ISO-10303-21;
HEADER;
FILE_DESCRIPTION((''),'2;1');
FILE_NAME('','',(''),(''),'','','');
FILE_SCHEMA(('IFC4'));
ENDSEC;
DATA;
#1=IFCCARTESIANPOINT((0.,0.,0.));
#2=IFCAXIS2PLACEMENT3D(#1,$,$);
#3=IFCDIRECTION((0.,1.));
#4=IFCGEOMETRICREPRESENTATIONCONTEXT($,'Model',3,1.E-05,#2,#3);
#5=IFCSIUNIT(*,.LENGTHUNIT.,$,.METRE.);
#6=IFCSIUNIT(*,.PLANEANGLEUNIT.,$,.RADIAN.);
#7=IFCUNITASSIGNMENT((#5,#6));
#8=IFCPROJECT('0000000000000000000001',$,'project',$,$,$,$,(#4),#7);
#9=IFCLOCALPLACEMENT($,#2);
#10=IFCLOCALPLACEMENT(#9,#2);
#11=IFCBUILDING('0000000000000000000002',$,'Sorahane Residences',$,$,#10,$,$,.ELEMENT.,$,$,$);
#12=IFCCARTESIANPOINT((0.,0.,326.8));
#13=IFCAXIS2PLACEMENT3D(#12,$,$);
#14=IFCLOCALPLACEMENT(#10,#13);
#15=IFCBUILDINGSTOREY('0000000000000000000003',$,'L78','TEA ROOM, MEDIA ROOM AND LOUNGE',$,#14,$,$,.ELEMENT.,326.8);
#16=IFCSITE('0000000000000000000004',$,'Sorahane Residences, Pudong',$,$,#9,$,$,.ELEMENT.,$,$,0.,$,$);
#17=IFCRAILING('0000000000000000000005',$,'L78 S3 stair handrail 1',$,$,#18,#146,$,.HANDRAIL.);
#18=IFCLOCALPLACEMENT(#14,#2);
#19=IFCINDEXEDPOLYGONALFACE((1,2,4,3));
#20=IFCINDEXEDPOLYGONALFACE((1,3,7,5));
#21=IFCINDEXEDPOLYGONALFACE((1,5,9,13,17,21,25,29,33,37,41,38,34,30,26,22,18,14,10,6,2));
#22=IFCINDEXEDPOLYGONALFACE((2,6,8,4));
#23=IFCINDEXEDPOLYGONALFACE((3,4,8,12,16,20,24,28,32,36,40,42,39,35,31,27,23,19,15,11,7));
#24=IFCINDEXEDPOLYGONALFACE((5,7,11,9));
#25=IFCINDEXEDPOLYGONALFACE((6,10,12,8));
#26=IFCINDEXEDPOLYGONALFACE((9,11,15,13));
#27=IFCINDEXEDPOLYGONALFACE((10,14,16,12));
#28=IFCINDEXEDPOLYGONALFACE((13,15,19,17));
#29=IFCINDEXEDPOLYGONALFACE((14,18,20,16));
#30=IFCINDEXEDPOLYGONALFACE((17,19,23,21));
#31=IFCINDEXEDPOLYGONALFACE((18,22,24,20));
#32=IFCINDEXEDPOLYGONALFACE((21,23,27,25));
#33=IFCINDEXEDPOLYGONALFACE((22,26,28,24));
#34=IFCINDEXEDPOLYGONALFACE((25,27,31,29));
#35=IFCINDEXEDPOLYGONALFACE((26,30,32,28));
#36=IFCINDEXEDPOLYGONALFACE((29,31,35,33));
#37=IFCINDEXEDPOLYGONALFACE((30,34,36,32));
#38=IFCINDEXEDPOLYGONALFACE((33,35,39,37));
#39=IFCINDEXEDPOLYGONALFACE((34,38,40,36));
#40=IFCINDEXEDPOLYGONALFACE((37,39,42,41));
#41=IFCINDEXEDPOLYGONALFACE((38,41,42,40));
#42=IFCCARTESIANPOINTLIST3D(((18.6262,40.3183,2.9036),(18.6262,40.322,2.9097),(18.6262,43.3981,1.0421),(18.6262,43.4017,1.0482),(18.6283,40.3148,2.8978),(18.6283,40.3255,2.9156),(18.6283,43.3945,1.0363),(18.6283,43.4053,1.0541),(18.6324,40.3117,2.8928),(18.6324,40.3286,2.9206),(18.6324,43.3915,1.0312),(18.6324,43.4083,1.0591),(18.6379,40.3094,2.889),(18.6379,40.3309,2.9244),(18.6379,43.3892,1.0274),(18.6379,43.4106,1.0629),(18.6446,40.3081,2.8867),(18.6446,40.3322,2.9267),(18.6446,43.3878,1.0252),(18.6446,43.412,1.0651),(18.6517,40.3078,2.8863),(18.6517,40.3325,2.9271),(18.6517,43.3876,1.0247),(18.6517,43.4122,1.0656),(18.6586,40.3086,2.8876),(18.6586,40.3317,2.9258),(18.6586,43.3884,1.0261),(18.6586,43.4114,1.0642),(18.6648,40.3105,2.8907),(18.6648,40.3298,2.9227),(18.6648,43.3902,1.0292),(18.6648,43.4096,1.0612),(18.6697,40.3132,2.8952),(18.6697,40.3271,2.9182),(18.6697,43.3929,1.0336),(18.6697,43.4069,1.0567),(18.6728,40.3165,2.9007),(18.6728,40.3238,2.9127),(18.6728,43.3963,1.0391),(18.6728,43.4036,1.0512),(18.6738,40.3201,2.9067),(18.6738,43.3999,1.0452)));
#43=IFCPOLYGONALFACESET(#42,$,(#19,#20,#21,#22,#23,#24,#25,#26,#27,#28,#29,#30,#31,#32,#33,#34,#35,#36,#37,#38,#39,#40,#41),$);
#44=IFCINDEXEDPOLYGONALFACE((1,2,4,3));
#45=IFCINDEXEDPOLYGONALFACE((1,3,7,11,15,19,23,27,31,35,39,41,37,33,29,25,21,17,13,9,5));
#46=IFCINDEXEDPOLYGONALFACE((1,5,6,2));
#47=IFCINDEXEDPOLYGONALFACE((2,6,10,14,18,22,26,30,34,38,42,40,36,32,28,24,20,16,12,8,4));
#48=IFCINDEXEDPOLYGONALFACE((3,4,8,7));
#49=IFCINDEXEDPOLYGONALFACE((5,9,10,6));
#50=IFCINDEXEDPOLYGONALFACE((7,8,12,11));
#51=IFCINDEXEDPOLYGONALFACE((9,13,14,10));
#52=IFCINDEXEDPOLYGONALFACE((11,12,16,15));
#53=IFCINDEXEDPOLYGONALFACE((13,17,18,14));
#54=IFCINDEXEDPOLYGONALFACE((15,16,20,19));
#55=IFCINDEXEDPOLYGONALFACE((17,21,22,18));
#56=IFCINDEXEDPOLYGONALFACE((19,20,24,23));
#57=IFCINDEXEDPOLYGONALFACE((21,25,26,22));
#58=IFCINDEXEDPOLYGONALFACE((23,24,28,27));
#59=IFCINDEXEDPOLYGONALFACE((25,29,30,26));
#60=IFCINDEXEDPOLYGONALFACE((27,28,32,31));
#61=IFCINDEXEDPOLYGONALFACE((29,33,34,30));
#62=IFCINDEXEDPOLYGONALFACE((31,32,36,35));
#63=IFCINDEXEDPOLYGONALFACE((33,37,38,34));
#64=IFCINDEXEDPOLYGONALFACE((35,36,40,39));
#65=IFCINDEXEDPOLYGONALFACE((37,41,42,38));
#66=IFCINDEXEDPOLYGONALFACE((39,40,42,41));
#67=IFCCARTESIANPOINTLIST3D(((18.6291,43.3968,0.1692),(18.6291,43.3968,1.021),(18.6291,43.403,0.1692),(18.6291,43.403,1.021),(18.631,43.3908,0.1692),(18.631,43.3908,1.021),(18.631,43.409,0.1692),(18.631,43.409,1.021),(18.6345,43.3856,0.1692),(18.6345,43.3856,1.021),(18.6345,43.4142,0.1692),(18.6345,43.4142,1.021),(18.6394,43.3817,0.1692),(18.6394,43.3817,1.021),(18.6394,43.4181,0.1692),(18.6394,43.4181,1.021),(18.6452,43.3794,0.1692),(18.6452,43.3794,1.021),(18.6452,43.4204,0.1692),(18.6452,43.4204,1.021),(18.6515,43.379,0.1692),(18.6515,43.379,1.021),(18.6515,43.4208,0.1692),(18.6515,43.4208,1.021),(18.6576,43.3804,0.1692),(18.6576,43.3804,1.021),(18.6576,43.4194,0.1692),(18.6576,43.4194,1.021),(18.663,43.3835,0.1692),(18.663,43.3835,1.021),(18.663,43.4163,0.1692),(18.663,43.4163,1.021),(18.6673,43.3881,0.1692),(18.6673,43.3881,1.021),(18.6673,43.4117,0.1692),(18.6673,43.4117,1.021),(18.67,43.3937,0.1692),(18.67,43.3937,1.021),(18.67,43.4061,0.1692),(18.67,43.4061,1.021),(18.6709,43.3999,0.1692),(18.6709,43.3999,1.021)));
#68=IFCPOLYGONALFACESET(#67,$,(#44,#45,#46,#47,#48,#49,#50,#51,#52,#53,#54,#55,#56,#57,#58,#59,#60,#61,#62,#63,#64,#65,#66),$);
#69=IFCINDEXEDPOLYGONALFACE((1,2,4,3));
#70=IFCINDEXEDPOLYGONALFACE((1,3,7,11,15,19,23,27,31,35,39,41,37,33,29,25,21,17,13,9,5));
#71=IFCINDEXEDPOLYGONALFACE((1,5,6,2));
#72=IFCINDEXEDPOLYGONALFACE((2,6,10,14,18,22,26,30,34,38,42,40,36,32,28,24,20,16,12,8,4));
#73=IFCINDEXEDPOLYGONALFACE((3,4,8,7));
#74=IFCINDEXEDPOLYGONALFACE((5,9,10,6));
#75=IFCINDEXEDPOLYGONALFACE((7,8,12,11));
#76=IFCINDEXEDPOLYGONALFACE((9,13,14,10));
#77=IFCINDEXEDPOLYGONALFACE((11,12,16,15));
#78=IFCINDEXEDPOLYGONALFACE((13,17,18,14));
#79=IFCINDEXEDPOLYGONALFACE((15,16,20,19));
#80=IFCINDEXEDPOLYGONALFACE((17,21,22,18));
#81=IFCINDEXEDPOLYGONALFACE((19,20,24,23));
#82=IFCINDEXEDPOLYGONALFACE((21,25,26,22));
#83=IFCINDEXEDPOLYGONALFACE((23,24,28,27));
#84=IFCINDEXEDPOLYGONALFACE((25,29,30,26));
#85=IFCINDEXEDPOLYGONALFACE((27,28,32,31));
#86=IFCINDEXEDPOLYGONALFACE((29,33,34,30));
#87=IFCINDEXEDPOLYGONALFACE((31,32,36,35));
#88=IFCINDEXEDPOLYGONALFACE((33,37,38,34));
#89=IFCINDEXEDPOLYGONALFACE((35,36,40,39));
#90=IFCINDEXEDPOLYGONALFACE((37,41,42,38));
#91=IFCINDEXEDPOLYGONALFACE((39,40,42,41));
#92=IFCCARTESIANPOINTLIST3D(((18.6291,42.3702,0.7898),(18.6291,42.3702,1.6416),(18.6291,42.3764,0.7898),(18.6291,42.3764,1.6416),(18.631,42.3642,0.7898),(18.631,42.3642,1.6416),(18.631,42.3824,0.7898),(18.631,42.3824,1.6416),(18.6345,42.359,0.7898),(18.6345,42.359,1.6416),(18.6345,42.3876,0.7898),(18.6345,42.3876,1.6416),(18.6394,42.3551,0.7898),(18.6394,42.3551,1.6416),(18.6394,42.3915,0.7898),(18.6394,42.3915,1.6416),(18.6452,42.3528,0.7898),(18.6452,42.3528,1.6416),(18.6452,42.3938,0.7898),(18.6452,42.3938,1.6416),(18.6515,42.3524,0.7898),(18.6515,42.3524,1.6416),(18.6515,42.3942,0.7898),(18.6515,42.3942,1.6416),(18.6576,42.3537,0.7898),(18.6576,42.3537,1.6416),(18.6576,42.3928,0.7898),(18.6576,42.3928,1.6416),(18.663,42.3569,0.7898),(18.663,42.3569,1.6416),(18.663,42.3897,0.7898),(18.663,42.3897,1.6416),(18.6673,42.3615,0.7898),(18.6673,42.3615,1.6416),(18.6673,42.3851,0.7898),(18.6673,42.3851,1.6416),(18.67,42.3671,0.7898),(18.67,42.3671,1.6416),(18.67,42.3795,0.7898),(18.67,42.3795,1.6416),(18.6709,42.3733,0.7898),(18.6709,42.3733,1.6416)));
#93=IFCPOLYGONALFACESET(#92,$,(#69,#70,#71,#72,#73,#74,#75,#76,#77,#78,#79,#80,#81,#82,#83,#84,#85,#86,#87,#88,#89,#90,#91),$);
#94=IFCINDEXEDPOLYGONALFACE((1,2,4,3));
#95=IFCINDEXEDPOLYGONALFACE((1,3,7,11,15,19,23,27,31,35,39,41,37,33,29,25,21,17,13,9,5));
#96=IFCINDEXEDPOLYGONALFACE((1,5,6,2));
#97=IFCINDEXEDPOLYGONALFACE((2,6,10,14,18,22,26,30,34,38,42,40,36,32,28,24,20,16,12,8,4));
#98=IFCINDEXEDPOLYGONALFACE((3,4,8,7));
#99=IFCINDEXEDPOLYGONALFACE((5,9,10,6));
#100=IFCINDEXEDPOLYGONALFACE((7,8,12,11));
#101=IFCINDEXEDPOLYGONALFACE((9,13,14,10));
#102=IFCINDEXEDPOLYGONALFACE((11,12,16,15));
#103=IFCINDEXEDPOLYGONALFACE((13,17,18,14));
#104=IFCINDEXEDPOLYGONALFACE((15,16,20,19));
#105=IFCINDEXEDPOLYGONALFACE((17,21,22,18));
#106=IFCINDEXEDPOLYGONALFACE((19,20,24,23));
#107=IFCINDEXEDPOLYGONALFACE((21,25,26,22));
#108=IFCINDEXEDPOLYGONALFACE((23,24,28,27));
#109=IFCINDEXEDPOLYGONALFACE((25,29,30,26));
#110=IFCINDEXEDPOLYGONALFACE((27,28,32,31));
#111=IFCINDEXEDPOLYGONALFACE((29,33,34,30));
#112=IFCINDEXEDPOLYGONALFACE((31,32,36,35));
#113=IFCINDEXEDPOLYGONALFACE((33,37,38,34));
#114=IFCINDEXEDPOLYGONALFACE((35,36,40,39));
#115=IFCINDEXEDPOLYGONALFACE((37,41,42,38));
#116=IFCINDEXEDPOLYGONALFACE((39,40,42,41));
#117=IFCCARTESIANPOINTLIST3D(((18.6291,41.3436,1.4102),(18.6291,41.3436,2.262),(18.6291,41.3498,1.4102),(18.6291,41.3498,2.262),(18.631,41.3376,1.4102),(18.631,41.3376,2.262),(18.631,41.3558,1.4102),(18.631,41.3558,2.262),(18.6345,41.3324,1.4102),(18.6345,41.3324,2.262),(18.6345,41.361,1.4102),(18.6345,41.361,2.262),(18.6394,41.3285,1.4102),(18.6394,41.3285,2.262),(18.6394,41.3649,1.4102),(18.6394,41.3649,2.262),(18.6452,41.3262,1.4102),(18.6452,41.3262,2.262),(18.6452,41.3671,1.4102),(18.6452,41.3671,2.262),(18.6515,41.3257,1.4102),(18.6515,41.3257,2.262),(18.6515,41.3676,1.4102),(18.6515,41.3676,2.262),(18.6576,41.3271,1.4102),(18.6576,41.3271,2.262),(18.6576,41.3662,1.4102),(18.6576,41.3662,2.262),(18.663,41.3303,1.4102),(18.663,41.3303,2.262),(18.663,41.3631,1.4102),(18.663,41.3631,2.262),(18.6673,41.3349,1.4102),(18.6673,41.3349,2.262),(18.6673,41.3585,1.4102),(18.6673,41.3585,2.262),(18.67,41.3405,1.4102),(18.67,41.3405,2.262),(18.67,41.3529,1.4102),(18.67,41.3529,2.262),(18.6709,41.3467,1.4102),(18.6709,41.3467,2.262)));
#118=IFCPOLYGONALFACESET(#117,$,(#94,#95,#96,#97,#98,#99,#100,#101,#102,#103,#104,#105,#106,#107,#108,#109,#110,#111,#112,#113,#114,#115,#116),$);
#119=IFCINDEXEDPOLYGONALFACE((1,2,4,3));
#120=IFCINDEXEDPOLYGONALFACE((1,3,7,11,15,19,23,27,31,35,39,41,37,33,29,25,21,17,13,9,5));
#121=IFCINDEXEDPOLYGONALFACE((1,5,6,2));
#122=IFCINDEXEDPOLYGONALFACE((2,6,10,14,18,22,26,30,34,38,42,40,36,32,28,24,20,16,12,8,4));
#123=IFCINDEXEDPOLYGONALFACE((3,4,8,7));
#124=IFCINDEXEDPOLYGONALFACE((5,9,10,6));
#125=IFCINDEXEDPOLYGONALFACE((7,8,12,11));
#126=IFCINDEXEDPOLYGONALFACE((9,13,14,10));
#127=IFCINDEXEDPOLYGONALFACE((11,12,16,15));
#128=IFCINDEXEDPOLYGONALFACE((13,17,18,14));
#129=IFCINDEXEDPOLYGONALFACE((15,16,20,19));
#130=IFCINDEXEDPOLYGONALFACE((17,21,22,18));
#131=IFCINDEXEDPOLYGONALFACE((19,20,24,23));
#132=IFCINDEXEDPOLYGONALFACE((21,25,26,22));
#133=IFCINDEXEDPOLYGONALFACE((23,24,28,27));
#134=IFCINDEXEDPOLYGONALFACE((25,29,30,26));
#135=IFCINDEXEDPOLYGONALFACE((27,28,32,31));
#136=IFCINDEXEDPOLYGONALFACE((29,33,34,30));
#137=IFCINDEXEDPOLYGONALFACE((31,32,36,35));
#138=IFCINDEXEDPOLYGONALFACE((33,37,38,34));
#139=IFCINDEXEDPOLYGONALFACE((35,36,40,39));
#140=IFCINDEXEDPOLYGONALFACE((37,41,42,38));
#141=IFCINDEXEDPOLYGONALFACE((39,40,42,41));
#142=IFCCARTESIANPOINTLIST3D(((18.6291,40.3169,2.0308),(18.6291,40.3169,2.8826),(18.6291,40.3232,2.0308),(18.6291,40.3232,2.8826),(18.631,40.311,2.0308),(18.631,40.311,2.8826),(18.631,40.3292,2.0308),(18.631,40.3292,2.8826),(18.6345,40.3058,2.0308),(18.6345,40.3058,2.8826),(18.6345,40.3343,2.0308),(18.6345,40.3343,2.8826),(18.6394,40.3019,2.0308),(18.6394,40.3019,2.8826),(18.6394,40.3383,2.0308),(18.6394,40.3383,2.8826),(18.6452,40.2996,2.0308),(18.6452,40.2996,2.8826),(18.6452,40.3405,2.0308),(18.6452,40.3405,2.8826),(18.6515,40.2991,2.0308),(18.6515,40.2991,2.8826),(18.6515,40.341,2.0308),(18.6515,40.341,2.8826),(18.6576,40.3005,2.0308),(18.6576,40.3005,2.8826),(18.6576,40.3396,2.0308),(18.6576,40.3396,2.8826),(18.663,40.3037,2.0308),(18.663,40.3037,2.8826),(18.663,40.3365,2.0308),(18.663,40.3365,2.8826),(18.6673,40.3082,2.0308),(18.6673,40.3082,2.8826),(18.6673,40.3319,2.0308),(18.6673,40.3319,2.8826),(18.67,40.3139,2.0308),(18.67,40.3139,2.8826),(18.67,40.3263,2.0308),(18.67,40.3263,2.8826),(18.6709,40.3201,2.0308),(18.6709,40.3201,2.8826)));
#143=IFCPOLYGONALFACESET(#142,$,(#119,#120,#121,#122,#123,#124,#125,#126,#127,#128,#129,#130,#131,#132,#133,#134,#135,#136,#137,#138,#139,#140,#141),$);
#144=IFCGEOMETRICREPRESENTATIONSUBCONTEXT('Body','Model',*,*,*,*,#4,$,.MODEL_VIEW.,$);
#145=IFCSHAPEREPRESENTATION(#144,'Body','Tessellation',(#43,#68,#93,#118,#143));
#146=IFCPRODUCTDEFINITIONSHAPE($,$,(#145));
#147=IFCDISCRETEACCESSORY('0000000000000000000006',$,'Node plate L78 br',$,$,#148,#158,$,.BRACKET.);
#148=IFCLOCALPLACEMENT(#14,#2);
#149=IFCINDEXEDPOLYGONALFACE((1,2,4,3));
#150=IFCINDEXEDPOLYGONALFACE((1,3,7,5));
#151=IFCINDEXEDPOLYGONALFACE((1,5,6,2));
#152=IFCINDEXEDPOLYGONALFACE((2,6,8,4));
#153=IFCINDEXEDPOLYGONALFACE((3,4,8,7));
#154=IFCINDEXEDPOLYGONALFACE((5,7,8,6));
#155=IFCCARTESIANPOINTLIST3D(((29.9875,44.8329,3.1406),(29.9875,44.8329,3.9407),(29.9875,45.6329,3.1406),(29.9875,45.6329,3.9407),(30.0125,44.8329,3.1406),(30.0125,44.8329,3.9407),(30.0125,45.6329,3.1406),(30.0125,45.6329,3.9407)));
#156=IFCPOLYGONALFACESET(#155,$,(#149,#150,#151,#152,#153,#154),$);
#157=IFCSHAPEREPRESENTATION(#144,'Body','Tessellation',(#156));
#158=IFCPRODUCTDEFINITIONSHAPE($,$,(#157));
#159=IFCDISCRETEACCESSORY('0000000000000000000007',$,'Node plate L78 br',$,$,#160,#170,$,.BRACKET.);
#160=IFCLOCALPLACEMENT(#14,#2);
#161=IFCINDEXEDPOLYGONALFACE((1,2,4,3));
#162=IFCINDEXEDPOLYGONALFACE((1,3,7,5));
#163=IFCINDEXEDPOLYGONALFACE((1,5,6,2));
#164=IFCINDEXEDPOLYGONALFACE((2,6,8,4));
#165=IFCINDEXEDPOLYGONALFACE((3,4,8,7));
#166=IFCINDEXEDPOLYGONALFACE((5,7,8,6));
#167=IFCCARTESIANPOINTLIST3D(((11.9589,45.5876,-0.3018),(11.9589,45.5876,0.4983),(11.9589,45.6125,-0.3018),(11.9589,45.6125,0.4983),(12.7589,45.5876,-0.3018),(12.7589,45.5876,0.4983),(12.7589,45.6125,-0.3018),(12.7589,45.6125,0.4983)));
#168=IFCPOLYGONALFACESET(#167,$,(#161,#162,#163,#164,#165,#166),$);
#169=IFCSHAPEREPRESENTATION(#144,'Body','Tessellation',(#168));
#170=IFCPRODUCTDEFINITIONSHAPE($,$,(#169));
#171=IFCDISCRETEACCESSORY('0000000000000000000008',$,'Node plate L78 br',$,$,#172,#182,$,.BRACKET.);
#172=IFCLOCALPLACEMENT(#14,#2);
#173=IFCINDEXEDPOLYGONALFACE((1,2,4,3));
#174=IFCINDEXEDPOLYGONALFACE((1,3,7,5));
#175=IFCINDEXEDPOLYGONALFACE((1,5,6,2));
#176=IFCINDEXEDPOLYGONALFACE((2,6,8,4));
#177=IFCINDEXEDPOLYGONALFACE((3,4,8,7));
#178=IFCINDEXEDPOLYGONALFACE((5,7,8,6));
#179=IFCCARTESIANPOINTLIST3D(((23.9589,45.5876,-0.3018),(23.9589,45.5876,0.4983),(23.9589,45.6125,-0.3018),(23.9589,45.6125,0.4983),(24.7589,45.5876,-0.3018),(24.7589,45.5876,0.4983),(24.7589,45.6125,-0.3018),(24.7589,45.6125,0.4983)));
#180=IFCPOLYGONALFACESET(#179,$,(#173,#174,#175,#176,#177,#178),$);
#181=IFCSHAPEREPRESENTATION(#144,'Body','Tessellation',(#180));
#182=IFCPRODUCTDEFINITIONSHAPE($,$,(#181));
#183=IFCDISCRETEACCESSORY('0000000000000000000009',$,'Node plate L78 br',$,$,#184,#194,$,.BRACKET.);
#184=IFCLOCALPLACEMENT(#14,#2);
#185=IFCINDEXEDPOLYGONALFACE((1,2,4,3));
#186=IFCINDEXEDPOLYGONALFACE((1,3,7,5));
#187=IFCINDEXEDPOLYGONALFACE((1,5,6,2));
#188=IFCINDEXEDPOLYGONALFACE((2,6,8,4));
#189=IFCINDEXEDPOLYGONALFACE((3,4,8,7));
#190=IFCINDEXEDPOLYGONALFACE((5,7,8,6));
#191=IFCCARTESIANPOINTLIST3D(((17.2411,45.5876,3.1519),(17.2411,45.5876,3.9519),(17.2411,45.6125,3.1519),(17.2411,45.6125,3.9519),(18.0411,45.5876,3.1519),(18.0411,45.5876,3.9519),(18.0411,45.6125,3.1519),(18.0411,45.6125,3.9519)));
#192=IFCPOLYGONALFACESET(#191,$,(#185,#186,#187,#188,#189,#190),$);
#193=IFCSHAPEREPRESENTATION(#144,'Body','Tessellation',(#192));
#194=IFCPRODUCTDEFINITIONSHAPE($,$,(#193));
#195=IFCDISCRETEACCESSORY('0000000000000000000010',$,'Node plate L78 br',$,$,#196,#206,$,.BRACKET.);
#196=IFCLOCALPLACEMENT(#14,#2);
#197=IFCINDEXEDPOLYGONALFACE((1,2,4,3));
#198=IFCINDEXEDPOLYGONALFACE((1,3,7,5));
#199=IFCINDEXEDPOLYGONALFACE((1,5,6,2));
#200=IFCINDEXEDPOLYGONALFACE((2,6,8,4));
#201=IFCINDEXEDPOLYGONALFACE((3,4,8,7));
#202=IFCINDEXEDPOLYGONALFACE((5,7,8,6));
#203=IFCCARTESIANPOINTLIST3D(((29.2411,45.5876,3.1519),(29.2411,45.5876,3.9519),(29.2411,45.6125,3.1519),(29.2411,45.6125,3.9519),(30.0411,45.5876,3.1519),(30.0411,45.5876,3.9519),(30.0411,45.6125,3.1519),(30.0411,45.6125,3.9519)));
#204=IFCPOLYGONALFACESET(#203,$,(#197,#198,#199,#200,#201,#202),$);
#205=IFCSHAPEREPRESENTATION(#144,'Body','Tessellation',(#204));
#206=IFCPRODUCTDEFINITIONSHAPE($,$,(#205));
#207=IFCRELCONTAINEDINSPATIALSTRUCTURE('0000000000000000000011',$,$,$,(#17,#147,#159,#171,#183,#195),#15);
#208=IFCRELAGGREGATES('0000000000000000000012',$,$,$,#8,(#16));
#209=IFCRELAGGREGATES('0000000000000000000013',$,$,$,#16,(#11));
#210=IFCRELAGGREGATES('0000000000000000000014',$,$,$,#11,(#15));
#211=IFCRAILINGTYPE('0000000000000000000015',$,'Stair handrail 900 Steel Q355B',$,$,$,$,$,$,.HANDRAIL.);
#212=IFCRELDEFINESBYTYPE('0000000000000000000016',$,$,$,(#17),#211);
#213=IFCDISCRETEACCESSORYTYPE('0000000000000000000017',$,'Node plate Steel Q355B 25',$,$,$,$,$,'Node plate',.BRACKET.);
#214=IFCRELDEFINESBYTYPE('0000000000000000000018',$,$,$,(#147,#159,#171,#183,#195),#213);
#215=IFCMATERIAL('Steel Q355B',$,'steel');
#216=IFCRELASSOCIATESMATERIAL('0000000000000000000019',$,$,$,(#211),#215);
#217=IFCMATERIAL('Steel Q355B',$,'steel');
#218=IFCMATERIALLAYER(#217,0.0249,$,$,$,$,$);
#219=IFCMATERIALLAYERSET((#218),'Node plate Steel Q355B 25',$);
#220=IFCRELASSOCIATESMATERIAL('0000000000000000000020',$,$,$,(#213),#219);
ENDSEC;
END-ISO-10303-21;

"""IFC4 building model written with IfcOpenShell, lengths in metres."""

from ifc_helpers import new_model, si_unit, direction, frame, origin, origin_2d, place, context, subcontext, project, spatial, rectangle, circle, extrude, material, layer, layer_set, type_object, element, save


model = new_model("IFC4")

# Units and contexts
model_context = context("Model", 3, precision=1e-05, world=origin(), true_north=direction((0.0, 1.0)))
body_context = subcontext(model_context, "Body", "Model", "MODEL_VIEW")
ifc_project = project(units=[si_unit("LENGTHUNIT", "METRE"), si_unit("PLANEANGLEUNIT", "RADIAN")], contexts=[model_context])

# Site, building, storey
site_placement = place(None, origin())
site = spatial("IfcSite", under=ifc_project, at=site_placement, Name="Sorahane Residences, Pudong", CompositionType="ELEMENT", RefElevation=0.0)
building_placement = place(site_placement, origin())
building = spatial("IfcBuilding", under=site, at=building_placement, Name="Sorahane Residences", CompositionType="ELEMENT")
storey_placement = place(building_placement, frame((0.0, 0.0, 326.8)))
storey = spatial("IfcBuildingStorey", under=building, at=storey_placement, Name="L78", Description="TEA ROOM, MEDIA ROOM AND LOUNGE", CompositionType="ELEMENT", Elevation=326.8)

# Railing
ifc_material_1 = material(Name="Steel Q355B", Category="steel")
railing_type_1 = type_object("IfcRailingType", Name="Stair handrail 900 Steel Q355B", PredefinedType="HANDRAIL", material=ifc_material_1)
railing_1_placement = place(storey_placement, frame((18.6499, 43.3999, 0.1692)))
element("IfcRailing", 1, at=railing_1_placement, inside=storey, type_object=railing_type_1, Name="L78 S3 stair handrail 1", PredefinedType="HANDRAIL", context=body_context, shape_type="SweptSolid", body=[
    extrude(circle(Radius=0.0239, at=origin_2d()), frame((0.0, 0.0, 0.876), z_axis=(0.0, -0.855812, 0.517286), x_axis=(1.0, 0.0, 0.0)), (0.0, 0.0, 1.0), 3.5986),
    extrude(circle(Radius=0.021, at=origin_2d()), origin(), (0.0, 0.0, 1.0), 0.8518),
    extrude(circle(Radius=0.021, at=origin_2d()), frame((0.0, -1.0266, 0.6206)), (0.0, 0.0, 1.0), 0.8518),
    extrude(circle(Radius=0.021, at=origin_2d()), frame((0.0, -2.0532, 1.241)), (0.0, 0.0, 1.0), 0.8518),
    extrude(circle(Radius=0.021, at=origin_2d()), frame((0.0, -3.0798, 1.8616)), (0.0, 0.0, 1.0), 0.8518),
])

# Discrete accessories
ifc_material_2 = material(Name="Steel Q355B", Category="steel")
ifc_layer_1 = layer(ifc_material_2, 0.0249)
ifc_layer_set_1 = layer_set([ifc_layer_1], Name="Node plate Steel Q355B 25")
discrete_accessory_type = type_object("IfcDiscreteAccessoryType", Name="Node plate Steel Q355B 25", ElementType="Node plate", PredefinedType="BRACKET", material=ifc_layer_set_1)
for number, where, z_axis, x_axis, name in (
    (2, (30.0, 45.2329, 3.1406), (0.0, 0.0, 1.0), (0.0, 1.0, 0.0), "Node plate L78 br"),
    (3, (12.3589, 45.6001, -0.3018), (0.0, 0.0, 1.0), (1.0, 0.0, 0.0), "Node plate L78 br"),
    (4, (24.3589, 45.6001, -0.3018), (0.0, 0.0, 1.0), (1.0, 0.0, 0.0), "Node plate L78 br"),
    (5, (17.6411, 45.6001, 3.1519), (0.0, 0.0, 1.0), (1.0, 0.0, 0.0), "Node plate L78 br"),
    (6, (29.6411, 45.6001, 3.1519), (0.0, 0.0, 1.0), (1.0, 0.0, 0.0), "Node plate L78 br"),
):
    element("IfcDiscreteAccessory", number, at=place(storey_placement, frame(where, z_axis=z_axis, x_axis=x_axis)), inside=storey, type_object=discrete_accessory_type, Name=name, PredefinedType="BRACKET", context=body_context, shape_type="SweptSolid", body=[
        extrude(rectangle(XDim=0.8, YDim=0.0249, at=origin_2d()), origin(), (0.0, 0.0, 1.0), 0.8),
    ])

save(model, "model.ifc")
